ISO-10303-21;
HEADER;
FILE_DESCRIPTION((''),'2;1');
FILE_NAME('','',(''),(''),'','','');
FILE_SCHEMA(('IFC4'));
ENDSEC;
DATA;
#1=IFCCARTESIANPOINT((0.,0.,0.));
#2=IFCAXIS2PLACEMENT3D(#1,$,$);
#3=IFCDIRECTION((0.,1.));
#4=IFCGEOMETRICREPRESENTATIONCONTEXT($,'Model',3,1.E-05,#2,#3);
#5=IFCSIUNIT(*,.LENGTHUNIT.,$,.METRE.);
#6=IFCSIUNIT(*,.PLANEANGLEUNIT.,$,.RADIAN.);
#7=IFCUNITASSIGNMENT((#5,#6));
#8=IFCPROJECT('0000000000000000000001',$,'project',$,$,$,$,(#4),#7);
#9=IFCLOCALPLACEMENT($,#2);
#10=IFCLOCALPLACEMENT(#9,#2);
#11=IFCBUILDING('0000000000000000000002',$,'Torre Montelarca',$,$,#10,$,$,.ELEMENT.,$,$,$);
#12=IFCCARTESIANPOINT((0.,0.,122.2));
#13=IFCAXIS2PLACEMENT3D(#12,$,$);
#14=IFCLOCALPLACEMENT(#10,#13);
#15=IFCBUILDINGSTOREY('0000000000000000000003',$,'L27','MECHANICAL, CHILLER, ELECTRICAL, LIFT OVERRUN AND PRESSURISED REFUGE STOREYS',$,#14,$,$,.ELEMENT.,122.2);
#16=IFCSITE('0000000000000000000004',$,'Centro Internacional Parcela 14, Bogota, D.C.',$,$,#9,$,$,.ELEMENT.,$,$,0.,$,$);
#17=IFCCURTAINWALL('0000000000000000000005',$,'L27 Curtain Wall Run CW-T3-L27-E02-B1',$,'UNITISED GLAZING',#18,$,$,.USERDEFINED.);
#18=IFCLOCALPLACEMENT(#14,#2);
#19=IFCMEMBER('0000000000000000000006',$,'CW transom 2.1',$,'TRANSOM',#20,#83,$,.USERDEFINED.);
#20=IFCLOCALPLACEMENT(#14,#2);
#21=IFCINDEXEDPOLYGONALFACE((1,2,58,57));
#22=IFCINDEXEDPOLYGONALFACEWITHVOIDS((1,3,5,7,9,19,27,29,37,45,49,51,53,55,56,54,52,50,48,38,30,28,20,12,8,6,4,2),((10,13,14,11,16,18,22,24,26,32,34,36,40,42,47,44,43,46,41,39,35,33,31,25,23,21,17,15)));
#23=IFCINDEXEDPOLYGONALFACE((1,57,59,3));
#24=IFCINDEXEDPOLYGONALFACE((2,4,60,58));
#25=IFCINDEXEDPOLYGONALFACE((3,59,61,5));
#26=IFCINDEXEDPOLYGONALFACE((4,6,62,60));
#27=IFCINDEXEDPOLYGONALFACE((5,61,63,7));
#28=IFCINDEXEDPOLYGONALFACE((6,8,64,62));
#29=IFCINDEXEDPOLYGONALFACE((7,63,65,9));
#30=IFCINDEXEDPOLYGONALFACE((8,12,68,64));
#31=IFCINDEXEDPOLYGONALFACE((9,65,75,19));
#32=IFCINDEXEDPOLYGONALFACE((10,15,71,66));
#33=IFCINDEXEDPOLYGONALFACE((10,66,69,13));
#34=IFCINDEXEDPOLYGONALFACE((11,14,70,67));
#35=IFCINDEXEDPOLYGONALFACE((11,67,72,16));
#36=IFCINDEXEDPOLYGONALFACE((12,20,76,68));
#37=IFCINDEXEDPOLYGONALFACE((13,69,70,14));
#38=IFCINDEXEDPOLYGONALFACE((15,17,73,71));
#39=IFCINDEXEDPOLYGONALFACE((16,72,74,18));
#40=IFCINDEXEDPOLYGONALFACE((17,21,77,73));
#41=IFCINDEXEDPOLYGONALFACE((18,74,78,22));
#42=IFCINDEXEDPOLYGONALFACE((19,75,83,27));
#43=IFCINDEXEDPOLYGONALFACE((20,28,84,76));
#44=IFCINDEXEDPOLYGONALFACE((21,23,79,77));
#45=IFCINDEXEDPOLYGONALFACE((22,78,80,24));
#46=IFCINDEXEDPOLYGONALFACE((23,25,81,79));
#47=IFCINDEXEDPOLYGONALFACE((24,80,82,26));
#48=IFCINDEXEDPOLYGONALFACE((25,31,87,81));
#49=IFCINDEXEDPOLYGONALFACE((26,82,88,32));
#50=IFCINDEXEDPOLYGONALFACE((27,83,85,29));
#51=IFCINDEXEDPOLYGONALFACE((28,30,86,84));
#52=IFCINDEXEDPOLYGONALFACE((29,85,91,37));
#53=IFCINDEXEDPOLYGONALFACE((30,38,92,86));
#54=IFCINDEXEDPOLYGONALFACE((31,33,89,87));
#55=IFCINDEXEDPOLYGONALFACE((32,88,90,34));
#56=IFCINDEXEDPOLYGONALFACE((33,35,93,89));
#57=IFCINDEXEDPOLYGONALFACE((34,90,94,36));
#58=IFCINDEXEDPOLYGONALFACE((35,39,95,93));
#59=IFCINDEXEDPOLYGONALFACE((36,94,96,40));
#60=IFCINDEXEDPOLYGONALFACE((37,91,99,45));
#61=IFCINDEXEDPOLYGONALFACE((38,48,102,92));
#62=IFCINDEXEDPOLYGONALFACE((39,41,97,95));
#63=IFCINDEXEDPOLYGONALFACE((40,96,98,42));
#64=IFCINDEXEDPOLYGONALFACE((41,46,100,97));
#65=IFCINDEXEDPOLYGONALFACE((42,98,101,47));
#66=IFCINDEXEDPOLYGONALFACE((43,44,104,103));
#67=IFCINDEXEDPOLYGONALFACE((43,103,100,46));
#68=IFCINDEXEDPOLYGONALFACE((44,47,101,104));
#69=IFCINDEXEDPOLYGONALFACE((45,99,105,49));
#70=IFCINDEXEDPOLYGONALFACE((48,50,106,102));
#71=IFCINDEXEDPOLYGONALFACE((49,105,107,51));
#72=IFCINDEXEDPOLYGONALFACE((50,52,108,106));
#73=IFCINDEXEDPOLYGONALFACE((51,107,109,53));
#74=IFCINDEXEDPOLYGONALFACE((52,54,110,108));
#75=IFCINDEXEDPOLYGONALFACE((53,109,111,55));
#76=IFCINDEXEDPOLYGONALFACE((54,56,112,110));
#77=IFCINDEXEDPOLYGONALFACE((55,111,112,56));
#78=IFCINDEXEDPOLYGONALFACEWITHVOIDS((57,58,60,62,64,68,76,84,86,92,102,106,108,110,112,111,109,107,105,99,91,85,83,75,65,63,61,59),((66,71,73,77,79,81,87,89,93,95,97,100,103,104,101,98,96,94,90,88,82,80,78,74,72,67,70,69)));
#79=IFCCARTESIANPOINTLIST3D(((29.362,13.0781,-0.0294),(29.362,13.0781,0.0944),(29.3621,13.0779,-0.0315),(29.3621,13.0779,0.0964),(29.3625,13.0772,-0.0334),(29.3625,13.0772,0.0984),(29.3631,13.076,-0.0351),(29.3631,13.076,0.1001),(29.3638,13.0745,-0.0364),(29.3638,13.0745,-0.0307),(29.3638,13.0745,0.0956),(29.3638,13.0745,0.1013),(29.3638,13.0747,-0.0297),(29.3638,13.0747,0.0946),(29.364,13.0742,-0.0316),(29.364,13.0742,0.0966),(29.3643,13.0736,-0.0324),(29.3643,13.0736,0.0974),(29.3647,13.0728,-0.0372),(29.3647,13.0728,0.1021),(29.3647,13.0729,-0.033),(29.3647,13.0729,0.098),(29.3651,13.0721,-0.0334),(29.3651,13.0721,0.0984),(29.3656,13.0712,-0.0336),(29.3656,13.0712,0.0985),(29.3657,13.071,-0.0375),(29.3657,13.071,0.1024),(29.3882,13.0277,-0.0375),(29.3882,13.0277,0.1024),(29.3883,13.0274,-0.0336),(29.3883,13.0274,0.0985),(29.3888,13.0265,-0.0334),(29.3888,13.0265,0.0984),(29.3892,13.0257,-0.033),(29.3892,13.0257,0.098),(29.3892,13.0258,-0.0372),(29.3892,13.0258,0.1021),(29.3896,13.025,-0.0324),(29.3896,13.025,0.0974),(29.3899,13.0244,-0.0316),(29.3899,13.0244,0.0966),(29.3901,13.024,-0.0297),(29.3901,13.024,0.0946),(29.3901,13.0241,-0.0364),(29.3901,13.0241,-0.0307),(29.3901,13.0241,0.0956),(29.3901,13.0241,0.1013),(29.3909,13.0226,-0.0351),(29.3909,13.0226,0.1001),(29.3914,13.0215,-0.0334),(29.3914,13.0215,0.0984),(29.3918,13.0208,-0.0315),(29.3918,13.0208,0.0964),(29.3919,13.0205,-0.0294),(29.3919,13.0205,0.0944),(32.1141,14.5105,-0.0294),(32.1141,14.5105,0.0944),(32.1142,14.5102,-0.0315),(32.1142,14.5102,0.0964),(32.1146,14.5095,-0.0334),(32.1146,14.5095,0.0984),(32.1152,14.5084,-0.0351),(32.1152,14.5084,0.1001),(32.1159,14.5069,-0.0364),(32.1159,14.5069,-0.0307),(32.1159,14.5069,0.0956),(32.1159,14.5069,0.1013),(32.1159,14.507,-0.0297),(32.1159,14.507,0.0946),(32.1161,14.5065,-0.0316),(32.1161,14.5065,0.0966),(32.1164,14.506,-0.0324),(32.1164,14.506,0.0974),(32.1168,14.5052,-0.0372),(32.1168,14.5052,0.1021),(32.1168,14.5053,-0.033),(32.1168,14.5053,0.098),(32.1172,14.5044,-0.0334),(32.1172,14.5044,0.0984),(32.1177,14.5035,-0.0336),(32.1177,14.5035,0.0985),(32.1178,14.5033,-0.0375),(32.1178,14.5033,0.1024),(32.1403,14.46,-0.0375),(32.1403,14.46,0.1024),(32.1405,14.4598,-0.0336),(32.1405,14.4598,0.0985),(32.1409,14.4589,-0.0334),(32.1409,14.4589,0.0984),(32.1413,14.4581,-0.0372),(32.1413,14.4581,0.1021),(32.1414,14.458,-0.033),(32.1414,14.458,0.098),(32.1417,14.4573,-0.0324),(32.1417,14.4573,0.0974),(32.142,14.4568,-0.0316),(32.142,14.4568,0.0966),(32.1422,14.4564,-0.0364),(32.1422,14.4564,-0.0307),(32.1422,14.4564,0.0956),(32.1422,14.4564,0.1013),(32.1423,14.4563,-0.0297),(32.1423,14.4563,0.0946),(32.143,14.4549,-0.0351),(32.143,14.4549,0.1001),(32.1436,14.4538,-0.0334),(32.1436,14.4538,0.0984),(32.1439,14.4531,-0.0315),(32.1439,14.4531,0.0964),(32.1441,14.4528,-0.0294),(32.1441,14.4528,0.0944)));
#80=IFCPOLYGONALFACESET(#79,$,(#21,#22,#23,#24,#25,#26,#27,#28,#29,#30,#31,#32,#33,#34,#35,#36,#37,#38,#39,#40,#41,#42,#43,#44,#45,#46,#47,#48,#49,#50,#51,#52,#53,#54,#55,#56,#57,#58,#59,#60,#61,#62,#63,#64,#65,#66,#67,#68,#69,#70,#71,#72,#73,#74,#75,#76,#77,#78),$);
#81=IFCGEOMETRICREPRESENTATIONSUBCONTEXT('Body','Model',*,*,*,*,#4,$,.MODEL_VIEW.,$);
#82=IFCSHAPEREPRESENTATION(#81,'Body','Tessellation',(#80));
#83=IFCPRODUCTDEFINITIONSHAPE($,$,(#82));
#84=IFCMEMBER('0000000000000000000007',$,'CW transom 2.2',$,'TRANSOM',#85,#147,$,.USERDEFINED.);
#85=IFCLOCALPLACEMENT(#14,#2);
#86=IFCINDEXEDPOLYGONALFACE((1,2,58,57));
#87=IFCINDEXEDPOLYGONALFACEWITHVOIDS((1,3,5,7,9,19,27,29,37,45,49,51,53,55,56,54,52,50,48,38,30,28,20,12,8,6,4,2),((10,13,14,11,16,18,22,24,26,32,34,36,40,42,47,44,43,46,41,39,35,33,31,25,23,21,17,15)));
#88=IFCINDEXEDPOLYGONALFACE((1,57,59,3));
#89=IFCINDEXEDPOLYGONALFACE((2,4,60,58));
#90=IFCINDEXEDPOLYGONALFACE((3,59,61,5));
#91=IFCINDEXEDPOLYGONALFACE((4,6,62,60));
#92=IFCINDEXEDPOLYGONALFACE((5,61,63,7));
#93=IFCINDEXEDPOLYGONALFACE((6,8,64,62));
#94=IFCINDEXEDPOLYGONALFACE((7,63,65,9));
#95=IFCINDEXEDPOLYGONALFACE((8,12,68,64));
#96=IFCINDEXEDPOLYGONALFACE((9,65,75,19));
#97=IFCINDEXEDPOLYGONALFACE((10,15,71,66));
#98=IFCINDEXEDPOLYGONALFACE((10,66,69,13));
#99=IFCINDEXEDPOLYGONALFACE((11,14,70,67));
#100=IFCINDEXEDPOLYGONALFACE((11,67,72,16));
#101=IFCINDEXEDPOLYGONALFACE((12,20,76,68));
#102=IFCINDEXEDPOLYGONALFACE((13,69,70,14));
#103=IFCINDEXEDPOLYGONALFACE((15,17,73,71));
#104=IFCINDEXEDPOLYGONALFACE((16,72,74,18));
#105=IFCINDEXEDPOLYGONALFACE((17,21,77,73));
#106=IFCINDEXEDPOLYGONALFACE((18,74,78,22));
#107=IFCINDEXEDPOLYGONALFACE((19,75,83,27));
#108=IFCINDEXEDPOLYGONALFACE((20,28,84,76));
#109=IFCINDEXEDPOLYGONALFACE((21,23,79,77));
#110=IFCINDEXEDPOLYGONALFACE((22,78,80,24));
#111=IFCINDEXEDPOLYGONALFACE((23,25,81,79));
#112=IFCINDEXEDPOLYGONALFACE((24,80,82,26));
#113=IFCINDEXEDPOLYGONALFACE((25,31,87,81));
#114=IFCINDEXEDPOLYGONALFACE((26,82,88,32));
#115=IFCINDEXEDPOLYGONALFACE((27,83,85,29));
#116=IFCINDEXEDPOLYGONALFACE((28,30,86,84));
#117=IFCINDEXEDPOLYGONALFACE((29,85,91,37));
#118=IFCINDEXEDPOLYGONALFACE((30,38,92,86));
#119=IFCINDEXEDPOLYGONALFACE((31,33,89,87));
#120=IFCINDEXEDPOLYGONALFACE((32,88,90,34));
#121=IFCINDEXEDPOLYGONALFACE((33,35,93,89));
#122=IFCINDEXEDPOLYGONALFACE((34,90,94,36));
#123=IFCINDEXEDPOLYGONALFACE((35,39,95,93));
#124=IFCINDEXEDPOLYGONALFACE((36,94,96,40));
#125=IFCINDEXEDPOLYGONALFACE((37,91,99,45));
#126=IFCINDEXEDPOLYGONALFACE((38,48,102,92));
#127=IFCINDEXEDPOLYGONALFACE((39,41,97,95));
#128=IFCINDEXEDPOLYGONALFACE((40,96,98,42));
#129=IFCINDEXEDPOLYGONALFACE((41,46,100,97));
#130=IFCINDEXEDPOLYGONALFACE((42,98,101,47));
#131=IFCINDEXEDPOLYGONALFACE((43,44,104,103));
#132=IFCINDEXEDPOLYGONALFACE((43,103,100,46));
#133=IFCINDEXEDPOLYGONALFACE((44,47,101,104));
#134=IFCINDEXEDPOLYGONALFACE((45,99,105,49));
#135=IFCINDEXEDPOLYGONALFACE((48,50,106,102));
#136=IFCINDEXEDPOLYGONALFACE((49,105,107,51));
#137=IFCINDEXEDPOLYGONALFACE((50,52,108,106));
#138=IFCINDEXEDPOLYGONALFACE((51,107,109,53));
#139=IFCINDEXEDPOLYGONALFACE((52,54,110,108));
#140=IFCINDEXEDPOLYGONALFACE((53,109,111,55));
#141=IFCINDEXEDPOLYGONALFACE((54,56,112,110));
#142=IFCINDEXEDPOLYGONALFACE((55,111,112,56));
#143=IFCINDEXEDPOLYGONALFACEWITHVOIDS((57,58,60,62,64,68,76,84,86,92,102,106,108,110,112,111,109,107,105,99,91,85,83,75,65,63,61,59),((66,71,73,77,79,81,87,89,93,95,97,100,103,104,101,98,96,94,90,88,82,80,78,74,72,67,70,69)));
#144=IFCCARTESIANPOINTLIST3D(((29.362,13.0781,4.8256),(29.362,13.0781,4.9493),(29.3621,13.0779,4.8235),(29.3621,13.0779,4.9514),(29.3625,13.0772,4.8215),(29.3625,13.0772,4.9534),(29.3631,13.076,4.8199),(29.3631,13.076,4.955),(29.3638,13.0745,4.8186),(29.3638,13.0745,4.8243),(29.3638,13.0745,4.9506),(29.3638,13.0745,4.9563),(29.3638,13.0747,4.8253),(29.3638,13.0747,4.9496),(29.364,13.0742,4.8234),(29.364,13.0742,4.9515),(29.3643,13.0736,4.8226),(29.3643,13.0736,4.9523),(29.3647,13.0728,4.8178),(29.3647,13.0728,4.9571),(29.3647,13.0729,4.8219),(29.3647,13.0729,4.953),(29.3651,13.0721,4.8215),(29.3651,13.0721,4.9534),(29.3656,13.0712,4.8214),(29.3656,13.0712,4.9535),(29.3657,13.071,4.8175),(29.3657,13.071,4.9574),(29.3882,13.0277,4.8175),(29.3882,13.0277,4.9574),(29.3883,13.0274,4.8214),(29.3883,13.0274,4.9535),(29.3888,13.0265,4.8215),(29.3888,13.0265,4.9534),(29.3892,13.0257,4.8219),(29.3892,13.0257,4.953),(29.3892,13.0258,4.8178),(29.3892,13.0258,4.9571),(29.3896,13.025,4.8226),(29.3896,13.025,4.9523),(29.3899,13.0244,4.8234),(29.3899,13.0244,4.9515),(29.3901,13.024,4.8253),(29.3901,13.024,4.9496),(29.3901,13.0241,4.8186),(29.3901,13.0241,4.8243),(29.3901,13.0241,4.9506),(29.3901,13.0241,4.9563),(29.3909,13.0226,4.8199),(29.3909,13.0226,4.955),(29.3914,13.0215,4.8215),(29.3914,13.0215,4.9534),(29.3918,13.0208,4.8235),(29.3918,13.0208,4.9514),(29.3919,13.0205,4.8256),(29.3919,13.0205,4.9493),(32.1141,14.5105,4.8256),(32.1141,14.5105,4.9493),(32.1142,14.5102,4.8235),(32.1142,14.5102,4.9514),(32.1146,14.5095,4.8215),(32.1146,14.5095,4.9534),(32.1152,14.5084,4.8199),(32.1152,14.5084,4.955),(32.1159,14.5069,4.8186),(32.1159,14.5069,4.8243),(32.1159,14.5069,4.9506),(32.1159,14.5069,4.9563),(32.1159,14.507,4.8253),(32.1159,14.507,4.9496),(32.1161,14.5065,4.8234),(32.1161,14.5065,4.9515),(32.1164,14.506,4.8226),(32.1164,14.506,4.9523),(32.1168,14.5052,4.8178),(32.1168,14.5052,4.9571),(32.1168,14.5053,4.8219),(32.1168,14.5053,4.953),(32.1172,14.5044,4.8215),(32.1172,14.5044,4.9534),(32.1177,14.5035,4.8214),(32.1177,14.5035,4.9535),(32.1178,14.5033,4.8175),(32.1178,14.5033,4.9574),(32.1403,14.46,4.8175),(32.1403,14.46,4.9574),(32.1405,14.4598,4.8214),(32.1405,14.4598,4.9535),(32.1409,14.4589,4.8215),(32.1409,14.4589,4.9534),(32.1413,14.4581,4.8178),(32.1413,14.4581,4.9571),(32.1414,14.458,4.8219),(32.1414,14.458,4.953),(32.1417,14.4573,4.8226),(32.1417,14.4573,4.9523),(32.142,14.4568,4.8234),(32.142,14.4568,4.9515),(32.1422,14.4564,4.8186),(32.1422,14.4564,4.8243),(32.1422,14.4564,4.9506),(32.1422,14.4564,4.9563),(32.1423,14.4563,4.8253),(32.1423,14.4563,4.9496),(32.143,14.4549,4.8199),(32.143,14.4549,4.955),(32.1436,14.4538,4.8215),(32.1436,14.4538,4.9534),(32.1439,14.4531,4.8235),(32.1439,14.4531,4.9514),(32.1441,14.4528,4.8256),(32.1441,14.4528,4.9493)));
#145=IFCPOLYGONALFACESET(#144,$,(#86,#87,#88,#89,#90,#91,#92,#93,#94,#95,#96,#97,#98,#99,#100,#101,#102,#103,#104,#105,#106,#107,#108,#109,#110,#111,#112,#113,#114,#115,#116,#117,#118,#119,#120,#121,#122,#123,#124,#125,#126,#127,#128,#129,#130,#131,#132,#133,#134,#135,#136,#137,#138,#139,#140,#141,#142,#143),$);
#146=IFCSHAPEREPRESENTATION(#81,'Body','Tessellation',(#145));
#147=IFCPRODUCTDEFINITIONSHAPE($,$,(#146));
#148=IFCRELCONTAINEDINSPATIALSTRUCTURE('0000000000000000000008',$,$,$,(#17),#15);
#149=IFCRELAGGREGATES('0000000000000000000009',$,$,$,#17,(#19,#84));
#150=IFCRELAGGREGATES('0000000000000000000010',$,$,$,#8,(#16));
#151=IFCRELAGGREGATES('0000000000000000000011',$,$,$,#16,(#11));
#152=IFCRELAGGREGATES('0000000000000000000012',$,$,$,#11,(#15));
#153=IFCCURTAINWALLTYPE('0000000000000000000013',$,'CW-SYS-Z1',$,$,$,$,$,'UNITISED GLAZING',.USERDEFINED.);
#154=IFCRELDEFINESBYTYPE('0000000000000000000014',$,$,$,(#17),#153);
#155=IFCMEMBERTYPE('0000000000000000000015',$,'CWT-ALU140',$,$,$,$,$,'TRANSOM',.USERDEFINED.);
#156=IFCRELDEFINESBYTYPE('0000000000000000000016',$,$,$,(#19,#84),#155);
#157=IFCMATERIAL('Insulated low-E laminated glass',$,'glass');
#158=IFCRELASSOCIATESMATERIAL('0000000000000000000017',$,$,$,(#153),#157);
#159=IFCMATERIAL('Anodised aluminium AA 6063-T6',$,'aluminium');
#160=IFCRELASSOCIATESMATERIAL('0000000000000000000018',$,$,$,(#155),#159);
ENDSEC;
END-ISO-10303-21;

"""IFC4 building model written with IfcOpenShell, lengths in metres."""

from ifc_helpers import new_model, si_unit, direction, frame, origin, origin_2d, place, context, subcontext, project, spatial, hollow_rectangle, extrude, source, transform, mapped, material, material_profile, profile_set, type_object, element, aggregate, save


model = new_model("IFC4")

# Units and contexts
model_context = context("Model", 3, precision=1e-05, world=origin(), true_north=direction((0.0, 1.0)))
body_context = subcontext(model_context, "Body", "Model", "MODEL_VIEW")
ifc_project = project(units=[si_unit("LENGTHUNIT", "METRE"), si_unit("PLANEANGLEUNIT", "RADIAN")], contexts=[model_context])

# Site, building, storey
site_placement = place(None, origin())
site = spatial("IfcSite", under=ifc_project, at=site_placement, Name="Centro Internacional Parcela 14, Bogota, D.C.", CompositionType="ELEMENT", RefElevation=0.0)
building_placement = place(site_placement, origin())
building = spatial("IfcBuilding", under=site, at=building_placement, Name="Torre Montelarca", CompositionType="ELEMENT")
storey_placement = place(building_placement, frame((0.0, 0.0, 122.2)))
storey = spatial("IfcBuildingStorey", under=building, at=storey_placement, Name="L27", Description="MECHANICAL, CHILLER, ELECTRICAL, LIFT OVERRUN AND PRESSURISED REFUGE STOREYS", CompositionType="ELEMENT", Elevation=122.2)

# Curtain wall, members
ifc_material_1 = material(Name="Insulated low-E laminated glass", Category="glass")
curtain_wall_type = type_object("IfcCurtainWallType", Name="CW-SYS-Z1", ElementType="UNITISED GLAZING", PredefinedType="USERDEFINED", material=ifc_material_1)
curtain_wall_1_placement = place(storey_placement, origin())
curtain_wall_1 = element("IfcCurtainWall", 1, at=curtain_wall_1_placement, inside=storey, type_object=curtain_wall_type, Name="L27 Curtain Wall Run CW-T3-L27-E02-B1", ObjectType="UNITISED GLAZING", PredefinedType="USERDEFINED")
ifc_material_2 = material(Name="Anodised aluminium AA 6063-T6", Category="aluminium")
ifc_material_profile_1 = material_profile(ifc_material_2, hollow_rectangle(XDim=0.0649, YDim=0.1399, WallThickness=0.0039, InnerFilletRadius=0.0039, OuterFilletRadius=0.0081, at=origin_2d()), Name="ALU65X140X4", Category="aluminium")
ifc_profile_set_1 = profile_set([ifc_material_profile_1], Name="Anodised aluminium AA 6063-T6")
member_type_1 = type_object("IfcMemberType", Name="CWT-ALU140", ElementType="TRANSOM", PredefinedType="USERDEFINED", material=ifc_profile_set_1)
shared_shape_1 = source(origin(), body_context, "Body", "SweptSolid", [
    extrude(hollow_rectangle(XDim=0.0649, YDim=0.1399, WallThickness=0.0039, InnerFilletRadius=0.0039, OuterFilletRadius=0.0081, at=origin_2d()), origin(), (0.0, 0.0, 1.0), 3.1025),
])
member_1_placement = place(storey_placement, frame((29.377, 13.0493, 0.0325), z_axis=(0.887054, 0.461665, 0.0), x_axis=(-0.461665, 0.887054, 0.0)))
member_1 = element("IfcMember", 2, at=member_1_placement, type_object=member_type_1, Name="CW transom 2.1", ObjectType="TRANSOM", PredefinedType="USERDEFINED", context=body_context, shape_type="MappedRepresentation", body=[
    mapped(shared_shape_1, transform((0.0, 0.0, 0.0), scale=1.0)),
])
member_2_placement = place(storey_placement, frame((29.377, 13.0493, 4.8875), z_axis=(0.887054, 0.461665, 0.0), x_axis=(-0.461665, 0.887054, 0.0)))
member_2 = element("IfcMember", 3, at=member_2_placement, type_object=member_type_1, Name="CW transom 2.2", ObjectType="TRANSOM", PredefinedType="USERDEFINED", context=body_context, shape_type="MappedRepresentation", body=[
    mapped(shared_shape_1, transform((0.0, 0.0, 0.0), scale=1.0)),
])

aggregate(curtain_wall_1, [member_1, member_2])

save(model, "model.ifc")
